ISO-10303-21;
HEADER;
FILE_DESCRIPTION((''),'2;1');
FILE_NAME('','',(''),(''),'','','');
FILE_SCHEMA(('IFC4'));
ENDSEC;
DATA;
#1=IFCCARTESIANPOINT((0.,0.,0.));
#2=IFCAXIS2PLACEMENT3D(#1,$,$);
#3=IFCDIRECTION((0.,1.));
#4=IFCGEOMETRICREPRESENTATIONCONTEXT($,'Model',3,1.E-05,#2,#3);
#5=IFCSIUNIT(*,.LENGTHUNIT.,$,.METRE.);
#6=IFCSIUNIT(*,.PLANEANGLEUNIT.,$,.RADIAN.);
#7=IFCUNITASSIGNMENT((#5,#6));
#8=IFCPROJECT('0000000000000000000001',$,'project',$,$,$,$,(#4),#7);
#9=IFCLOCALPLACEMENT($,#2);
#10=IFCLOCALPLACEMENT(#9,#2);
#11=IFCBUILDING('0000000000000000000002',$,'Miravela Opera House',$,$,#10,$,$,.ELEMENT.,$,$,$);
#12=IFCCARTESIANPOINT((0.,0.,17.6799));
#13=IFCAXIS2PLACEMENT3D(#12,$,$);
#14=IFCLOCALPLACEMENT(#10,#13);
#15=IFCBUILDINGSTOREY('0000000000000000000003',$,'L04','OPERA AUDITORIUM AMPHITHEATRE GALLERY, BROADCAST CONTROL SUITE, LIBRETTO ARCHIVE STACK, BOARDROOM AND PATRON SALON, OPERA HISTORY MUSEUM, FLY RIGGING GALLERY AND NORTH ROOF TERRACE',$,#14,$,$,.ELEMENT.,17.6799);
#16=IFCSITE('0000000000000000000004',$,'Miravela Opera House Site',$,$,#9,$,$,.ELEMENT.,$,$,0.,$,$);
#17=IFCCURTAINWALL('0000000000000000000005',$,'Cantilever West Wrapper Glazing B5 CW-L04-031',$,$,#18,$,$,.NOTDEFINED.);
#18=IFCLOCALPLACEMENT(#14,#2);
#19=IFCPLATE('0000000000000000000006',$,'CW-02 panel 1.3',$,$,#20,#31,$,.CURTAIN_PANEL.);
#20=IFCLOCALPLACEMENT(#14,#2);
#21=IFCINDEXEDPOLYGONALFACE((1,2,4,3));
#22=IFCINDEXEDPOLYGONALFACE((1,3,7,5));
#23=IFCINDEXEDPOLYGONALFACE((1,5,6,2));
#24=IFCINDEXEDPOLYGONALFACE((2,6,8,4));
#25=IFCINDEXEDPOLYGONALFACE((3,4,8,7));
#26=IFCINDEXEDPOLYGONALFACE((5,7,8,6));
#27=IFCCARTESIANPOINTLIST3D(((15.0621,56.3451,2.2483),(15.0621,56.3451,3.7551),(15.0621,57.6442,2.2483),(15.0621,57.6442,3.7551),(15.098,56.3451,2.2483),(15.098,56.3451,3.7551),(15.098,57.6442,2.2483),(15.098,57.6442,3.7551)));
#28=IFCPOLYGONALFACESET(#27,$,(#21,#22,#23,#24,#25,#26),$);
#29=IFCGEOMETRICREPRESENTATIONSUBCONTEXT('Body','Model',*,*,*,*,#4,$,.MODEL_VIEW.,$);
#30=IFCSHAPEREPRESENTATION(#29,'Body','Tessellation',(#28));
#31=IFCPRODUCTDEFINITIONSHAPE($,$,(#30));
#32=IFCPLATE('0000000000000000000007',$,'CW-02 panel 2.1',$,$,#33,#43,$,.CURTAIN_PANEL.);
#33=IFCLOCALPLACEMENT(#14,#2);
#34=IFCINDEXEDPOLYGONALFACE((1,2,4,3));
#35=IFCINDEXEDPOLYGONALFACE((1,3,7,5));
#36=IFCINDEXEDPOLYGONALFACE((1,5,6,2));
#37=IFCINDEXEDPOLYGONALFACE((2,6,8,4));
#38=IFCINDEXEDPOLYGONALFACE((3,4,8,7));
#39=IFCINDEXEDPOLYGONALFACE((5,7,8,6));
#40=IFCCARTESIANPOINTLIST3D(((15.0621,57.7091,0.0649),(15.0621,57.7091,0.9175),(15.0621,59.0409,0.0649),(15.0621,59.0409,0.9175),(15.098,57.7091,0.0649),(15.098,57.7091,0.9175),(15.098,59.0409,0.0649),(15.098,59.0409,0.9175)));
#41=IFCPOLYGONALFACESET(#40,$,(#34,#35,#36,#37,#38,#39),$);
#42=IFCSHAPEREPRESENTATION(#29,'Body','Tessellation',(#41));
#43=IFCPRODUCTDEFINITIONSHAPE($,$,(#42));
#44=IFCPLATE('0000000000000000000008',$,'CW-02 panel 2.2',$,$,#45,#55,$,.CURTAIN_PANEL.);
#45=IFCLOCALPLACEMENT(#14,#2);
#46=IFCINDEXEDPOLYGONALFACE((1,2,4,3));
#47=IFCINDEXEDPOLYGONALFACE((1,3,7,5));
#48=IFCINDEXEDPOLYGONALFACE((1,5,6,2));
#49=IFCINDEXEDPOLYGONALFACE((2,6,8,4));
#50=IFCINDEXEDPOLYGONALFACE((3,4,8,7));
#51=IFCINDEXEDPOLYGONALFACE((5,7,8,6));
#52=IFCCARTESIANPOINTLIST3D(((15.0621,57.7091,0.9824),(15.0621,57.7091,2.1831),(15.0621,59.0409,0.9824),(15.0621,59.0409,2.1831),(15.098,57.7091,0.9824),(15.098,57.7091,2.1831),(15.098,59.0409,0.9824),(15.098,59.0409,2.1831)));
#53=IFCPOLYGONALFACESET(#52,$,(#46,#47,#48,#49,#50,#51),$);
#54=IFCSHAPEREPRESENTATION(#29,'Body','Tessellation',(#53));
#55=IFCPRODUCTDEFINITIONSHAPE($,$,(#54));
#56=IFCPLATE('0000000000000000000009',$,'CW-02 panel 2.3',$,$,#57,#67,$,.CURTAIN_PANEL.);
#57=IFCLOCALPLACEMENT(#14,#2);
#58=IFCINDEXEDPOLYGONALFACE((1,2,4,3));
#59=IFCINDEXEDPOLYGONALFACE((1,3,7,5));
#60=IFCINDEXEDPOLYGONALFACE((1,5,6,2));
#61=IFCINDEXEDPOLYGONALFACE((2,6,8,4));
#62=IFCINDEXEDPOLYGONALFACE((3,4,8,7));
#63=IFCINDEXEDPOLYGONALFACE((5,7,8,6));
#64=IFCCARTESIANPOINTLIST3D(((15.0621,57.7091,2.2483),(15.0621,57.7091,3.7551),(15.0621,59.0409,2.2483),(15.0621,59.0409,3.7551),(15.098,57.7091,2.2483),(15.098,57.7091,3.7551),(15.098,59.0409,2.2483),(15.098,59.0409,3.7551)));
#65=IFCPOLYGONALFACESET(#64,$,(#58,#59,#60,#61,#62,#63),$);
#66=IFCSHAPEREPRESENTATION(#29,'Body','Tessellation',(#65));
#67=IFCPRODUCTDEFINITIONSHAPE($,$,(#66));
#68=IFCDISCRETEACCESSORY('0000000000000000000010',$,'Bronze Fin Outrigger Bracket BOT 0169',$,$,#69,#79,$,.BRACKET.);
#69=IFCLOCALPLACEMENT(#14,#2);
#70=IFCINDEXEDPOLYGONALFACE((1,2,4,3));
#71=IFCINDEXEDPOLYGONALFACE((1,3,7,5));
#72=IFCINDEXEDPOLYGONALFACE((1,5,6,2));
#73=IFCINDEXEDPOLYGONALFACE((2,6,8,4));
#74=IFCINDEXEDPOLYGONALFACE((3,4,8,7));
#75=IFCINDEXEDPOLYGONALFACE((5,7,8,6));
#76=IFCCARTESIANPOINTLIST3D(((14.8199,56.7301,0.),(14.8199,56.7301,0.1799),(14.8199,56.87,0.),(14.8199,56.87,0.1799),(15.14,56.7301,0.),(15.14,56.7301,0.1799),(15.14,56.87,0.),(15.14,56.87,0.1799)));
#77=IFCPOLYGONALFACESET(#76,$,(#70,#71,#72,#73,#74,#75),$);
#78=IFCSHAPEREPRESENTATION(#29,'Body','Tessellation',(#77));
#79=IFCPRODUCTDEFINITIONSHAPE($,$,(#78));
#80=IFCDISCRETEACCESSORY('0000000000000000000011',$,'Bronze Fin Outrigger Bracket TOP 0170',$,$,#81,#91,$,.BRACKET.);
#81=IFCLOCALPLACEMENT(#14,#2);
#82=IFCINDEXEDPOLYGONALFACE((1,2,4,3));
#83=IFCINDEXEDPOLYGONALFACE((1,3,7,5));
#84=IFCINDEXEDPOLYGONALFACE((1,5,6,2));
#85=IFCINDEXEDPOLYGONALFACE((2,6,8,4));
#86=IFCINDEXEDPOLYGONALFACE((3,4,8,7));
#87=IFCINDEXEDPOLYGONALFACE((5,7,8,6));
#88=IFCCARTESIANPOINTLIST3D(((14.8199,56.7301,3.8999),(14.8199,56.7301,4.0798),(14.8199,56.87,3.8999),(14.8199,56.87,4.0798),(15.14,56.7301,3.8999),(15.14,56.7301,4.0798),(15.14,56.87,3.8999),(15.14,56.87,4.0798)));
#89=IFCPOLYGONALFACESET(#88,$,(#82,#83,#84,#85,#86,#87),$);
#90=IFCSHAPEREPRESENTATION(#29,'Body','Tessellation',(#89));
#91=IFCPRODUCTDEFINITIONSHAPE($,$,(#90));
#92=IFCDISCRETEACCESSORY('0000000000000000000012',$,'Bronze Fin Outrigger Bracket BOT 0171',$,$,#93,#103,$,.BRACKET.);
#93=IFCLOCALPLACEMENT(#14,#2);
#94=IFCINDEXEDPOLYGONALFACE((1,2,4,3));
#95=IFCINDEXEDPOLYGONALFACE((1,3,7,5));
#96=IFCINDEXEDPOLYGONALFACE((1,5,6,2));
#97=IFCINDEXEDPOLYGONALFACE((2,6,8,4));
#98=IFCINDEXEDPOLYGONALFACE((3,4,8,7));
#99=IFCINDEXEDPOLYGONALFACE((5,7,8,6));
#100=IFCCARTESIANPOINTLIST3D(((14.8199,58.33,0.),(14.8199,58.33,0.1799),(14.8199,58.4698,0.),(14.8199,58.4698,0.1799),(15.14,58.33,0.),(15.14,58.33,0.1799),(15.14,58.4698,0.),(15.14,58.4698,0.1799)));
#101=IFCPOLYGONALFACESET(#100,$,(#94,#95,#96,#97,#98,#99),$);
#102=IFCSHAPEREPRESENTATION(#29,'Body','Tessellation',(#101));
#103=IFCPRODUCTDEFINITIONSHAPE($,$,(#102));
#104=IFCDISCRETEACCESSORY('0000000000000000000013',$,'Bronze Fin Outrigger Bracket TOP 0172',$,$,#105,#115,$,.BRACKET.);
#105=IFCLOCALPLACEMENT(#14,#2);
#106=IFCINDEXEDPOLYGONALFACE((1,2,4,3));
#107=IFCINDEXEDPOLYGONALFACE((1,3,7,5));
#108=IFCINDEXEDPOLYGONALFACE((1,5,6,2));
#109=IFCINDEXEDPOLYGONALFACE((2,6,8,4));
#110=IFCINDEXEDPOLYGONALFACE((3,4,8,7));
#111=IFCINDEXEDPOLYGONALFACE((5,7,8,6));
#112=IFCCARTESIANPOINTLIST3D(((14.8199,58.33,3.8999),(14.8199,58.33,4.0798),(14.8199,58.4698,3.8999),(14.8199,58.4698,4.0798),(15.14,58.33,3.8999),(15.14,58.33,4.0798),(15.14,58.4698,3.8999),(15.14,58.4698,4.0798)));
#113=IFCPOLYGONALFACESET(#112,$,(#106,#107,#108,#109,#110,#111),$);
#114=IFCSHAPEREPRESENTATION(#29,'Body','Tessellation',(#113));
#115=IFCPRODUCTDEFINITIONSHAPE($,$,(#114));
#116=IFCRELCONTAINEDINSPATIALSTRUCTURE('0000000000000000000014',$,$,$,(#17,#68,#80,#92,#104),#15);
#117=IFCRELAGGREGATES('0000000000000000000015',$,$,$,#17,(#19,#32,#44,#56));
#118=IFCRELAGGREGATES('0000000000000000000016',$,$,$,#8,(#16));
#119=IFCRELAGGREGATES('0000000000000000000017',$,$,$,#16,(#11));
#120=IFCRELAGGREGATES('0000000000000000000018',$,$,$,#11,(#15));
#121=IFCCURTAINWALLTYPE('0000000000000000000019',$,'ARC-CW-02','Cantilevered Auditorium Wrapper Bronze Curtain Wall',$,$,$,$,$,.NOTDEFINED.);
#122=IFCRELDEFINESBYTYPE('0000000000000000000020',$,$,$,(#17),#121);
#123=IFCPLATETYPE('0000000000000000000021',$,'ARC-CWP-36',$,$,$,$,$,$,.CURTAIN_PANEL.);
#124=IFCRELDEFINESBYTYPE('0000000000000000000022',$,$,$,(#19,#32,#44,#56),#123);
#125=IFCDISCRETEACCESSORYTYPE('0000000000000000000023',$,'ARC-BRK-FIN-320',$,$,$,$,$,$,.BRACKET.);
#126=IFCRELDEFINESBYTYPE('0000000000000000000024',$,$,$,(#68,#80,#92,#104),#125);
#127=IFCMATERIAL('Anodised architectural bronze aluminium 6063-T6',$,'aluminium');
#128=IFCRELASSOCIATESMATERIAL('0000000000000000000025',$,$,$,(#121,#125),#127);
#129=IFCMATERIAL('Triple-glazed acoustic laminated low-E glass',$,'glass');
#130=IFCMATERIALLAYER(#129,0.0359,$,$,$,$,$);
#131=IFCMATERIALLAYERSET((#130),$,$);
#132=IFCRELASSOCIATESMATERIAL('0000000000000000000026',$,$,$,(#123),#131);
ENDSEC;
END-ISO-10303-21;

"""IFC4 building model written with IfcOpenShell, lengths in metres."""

from ifc_helpers import new_model, si_unit, direction, frame, origin, origin_2d, place, context, subcontext, project, spatial, rectangle, extrude, material, layer, layer_set, type_object, element, aggregate, save


model = new_model("IFC4")

# Units and contexts
model_context = context("Model", 3, precision=1e-05, world=origin(), true_north=direction((0.0, 1.0)))
body_context = subcontext(model_context, "Body", "Model", "MODEL_VIEW")
ifc_project = project(units=[si_unit("LENGTHUNIT", "METRE"), si_unit("PLANEANGLEUNIT", "RADIAN")], contexts=[model_context])

# Site, building, storey
site_placement = place(None, origin())
site = spatial("IfcSite", under=ifc_project, at=site_placement, Name="Miravela Opera House Site", CompositionType="ELEMENT", RefElevation=0.0)
building_placement = place(site_placement, origin())
building = spatial("IfcBuilding", under=site, at=building_placement, Name="Miravela Opera House", CompositionType="ELEMENT")
storey_placement = place(building_placement, frame((0.0, 0.0, 17.6799)))
storey = spatial("IfcBuildingStorey", under=building, at=storey_placement, Name="L04", Description="OPERA AUDITORIUM AMPHITHEATRE GALLERY, BROADCAST CONTROL SUITE, LIBRETTO ARCHIVE STACK, BOARDROOM AND PATRON SALON, OPERA HISTORY MUSEUM, FLY RIGGING GALLERY AND NORTH ROOF TERRACE", CompositionType="ELEMENT", Elevation=17.6799)

# Curtain wall
ifc_material_1 = material(Name="Anodised architectural bronze aluminium 6063-T6", Category="aluminium")
curtain_wall_type = type_object("IfcCurtainWallType", Name="ARC-CW-02", Description="Cantilevered Auditorium Wrapper Bronze Curtain Wall", PredefinedType="NOTDEFINED", material=ifc_material_1)
curtain_wall_placement = place(storey_placement, origin())
curtain_wall = element("IfcCurtainWall", 1, at=curtain_wall_placement, inside=storey, type_object=curtain_wall_type, Name="Cantilever West Wrapper Glazing B5 CW-L04-031", PredefinedType="NOTDEFINED")

# Plates
ifc_material_2 = material(Name="Triple-glazed acoustic laminated low-E glass", Category="glass")
ifc_layer = layer(ifc_material_2, 0.0359)
ifc_layer_set = layer_set([ifc_layer])
plate_type = type_object("IfcPlateType", Name="ARC-CWP-36", PredefinedType="CURTAIN_PANEL", material=ifc_layer_set)
plate_1_placement = place(storey_placement, frame((15.0801, 56.9946, 2.2483), z_axis=(0.0, 0.0, 1.0), x_axis=(0.0, 1.0, 0.0)))
plate_1 = element("IfcPlate", 2, at=plate_1_placement, type_object=plate_type, Name="CW-02 panel 1.3", PredefinedType="CURTAIN_PANEL", context=body_context, shape_type="SweptSolid", body=[
    extrude(rectangle(XDim=1.2991, YDim=0.0359, at=origin_2d()), origin(), (0.0, 0.0, 1.0), 1.5068),
])
plate_2_placement = place(storey_placement, frame((15.0801, 58.375, 0.0649), z_axis=(0.0, 0.0, 1.0), x_axis=(0.0, 1.0, 0.0)))
plate_2 = element("IfcPlate", 3, at=plate_2_placement, type_object=plate_type, Name="CW-02 panel 2.1", PredefinedType="CURTAIN_PANEL", context=body_context, shape_type="SweptSolid", body=[
    extrude(rectangle(XDim=1.3318, YDim=0.0359, at=origin_2d()), origin(), (0.0, 0.0, 1.0), 0.8525),
])
plate_3_placement = place(storey_placement, frame((15.0801, 58.375, 0.9824), z_axis=(0.0, 0.0, 1.0), x_axis=(0.0, 1.0, 0.0)))
plate_3 = element("IfcPlate", 4, at=plate_3_placement, type_object=plate_type, Name="CW-02 panel 2.2", PredefinedType="CURTAIN_PANEL", context=body_context, shape_type="SweptSolid", body=[
    extrude(rectangle(XDim=1.3318, YDim=0.0359, at=origin_2d()), origin(), (0.0, 0.0, 1.0), 1.2007),
])
plate_4_placement = place(storey_placement, frame((15.0801, 58.375, 2.2483), z_axis=(0.0, 0.0, 1.0), x_axis=(0.0, 1.0, 0.0)))
plate_4 = element("IfcPlate", 5, at=plate_4_placement, type_object=plate_type, Name="CW-02 panel 2.3", PredefinedType="CURTAIN_PANEL", context=body_context, shape_type="SweptSolid", body=[
    extrude(rectangle(XDim=1.3318, YDim=0.0359, at=origin_2d()), origin(), (0.0, 0.0, 1.0), 1.5068),
])
aggregate(curtain_wall, [plate_1, plate_2, plate_3, plate_4])

# Discrete accessories
discrete_accessory_type = type_object("IfcDiscreteAccessoryType", Name="ARC-BRK-FIN-320", PredefinedType="BRACKET", material=ifc_material_1)
for number, where, z_axis, x_axis, name in (
    (6, (14.98, 56.8, 0.0), (0.0, 0.0, 1.0), (1.0, 0.0, 0.0), "Bronze Fin Outrigger Bracket BOT 0169"),
    (7, (14.98, 56.8, 3.8999), (0.0, 0.0, 1.0), (1.0, 0.0, 0.0), "Bronze Fin Outrigger Bracket TOP 0170"),
    (8, (14.98, 58.3999, 0.0), (0.0, 0.0, 1.0), (1.0, 0.0, 0.0), "Bronze Fin Outrigger Bracket BOT 0171"),
    (9, (14.98, 58.3999, 3.8999), (0.0, 0.0, 1.0), (1.0, 0.0, 0.0), "Bronze Fin Outrigger Bracket TOP 0172"),
):
    element("IfcDiscreteAccessory", number, at=place(storey_placement, frame(where, z_axis=z_axis, x_axis=x_axis)), inside=storey, type_object=discrete_accessory_type, Name=name, PredefinedType="BRACKET", context=body_context, shape_type="SweptSolid", body=[
        extrude(rectangle(XDim=0.3201, YDim=0.1399, at=origin_2d()), origin(), (0.0, 0.0, 1.0), 0.1799),
    ])

save(model, "model.ifc")
